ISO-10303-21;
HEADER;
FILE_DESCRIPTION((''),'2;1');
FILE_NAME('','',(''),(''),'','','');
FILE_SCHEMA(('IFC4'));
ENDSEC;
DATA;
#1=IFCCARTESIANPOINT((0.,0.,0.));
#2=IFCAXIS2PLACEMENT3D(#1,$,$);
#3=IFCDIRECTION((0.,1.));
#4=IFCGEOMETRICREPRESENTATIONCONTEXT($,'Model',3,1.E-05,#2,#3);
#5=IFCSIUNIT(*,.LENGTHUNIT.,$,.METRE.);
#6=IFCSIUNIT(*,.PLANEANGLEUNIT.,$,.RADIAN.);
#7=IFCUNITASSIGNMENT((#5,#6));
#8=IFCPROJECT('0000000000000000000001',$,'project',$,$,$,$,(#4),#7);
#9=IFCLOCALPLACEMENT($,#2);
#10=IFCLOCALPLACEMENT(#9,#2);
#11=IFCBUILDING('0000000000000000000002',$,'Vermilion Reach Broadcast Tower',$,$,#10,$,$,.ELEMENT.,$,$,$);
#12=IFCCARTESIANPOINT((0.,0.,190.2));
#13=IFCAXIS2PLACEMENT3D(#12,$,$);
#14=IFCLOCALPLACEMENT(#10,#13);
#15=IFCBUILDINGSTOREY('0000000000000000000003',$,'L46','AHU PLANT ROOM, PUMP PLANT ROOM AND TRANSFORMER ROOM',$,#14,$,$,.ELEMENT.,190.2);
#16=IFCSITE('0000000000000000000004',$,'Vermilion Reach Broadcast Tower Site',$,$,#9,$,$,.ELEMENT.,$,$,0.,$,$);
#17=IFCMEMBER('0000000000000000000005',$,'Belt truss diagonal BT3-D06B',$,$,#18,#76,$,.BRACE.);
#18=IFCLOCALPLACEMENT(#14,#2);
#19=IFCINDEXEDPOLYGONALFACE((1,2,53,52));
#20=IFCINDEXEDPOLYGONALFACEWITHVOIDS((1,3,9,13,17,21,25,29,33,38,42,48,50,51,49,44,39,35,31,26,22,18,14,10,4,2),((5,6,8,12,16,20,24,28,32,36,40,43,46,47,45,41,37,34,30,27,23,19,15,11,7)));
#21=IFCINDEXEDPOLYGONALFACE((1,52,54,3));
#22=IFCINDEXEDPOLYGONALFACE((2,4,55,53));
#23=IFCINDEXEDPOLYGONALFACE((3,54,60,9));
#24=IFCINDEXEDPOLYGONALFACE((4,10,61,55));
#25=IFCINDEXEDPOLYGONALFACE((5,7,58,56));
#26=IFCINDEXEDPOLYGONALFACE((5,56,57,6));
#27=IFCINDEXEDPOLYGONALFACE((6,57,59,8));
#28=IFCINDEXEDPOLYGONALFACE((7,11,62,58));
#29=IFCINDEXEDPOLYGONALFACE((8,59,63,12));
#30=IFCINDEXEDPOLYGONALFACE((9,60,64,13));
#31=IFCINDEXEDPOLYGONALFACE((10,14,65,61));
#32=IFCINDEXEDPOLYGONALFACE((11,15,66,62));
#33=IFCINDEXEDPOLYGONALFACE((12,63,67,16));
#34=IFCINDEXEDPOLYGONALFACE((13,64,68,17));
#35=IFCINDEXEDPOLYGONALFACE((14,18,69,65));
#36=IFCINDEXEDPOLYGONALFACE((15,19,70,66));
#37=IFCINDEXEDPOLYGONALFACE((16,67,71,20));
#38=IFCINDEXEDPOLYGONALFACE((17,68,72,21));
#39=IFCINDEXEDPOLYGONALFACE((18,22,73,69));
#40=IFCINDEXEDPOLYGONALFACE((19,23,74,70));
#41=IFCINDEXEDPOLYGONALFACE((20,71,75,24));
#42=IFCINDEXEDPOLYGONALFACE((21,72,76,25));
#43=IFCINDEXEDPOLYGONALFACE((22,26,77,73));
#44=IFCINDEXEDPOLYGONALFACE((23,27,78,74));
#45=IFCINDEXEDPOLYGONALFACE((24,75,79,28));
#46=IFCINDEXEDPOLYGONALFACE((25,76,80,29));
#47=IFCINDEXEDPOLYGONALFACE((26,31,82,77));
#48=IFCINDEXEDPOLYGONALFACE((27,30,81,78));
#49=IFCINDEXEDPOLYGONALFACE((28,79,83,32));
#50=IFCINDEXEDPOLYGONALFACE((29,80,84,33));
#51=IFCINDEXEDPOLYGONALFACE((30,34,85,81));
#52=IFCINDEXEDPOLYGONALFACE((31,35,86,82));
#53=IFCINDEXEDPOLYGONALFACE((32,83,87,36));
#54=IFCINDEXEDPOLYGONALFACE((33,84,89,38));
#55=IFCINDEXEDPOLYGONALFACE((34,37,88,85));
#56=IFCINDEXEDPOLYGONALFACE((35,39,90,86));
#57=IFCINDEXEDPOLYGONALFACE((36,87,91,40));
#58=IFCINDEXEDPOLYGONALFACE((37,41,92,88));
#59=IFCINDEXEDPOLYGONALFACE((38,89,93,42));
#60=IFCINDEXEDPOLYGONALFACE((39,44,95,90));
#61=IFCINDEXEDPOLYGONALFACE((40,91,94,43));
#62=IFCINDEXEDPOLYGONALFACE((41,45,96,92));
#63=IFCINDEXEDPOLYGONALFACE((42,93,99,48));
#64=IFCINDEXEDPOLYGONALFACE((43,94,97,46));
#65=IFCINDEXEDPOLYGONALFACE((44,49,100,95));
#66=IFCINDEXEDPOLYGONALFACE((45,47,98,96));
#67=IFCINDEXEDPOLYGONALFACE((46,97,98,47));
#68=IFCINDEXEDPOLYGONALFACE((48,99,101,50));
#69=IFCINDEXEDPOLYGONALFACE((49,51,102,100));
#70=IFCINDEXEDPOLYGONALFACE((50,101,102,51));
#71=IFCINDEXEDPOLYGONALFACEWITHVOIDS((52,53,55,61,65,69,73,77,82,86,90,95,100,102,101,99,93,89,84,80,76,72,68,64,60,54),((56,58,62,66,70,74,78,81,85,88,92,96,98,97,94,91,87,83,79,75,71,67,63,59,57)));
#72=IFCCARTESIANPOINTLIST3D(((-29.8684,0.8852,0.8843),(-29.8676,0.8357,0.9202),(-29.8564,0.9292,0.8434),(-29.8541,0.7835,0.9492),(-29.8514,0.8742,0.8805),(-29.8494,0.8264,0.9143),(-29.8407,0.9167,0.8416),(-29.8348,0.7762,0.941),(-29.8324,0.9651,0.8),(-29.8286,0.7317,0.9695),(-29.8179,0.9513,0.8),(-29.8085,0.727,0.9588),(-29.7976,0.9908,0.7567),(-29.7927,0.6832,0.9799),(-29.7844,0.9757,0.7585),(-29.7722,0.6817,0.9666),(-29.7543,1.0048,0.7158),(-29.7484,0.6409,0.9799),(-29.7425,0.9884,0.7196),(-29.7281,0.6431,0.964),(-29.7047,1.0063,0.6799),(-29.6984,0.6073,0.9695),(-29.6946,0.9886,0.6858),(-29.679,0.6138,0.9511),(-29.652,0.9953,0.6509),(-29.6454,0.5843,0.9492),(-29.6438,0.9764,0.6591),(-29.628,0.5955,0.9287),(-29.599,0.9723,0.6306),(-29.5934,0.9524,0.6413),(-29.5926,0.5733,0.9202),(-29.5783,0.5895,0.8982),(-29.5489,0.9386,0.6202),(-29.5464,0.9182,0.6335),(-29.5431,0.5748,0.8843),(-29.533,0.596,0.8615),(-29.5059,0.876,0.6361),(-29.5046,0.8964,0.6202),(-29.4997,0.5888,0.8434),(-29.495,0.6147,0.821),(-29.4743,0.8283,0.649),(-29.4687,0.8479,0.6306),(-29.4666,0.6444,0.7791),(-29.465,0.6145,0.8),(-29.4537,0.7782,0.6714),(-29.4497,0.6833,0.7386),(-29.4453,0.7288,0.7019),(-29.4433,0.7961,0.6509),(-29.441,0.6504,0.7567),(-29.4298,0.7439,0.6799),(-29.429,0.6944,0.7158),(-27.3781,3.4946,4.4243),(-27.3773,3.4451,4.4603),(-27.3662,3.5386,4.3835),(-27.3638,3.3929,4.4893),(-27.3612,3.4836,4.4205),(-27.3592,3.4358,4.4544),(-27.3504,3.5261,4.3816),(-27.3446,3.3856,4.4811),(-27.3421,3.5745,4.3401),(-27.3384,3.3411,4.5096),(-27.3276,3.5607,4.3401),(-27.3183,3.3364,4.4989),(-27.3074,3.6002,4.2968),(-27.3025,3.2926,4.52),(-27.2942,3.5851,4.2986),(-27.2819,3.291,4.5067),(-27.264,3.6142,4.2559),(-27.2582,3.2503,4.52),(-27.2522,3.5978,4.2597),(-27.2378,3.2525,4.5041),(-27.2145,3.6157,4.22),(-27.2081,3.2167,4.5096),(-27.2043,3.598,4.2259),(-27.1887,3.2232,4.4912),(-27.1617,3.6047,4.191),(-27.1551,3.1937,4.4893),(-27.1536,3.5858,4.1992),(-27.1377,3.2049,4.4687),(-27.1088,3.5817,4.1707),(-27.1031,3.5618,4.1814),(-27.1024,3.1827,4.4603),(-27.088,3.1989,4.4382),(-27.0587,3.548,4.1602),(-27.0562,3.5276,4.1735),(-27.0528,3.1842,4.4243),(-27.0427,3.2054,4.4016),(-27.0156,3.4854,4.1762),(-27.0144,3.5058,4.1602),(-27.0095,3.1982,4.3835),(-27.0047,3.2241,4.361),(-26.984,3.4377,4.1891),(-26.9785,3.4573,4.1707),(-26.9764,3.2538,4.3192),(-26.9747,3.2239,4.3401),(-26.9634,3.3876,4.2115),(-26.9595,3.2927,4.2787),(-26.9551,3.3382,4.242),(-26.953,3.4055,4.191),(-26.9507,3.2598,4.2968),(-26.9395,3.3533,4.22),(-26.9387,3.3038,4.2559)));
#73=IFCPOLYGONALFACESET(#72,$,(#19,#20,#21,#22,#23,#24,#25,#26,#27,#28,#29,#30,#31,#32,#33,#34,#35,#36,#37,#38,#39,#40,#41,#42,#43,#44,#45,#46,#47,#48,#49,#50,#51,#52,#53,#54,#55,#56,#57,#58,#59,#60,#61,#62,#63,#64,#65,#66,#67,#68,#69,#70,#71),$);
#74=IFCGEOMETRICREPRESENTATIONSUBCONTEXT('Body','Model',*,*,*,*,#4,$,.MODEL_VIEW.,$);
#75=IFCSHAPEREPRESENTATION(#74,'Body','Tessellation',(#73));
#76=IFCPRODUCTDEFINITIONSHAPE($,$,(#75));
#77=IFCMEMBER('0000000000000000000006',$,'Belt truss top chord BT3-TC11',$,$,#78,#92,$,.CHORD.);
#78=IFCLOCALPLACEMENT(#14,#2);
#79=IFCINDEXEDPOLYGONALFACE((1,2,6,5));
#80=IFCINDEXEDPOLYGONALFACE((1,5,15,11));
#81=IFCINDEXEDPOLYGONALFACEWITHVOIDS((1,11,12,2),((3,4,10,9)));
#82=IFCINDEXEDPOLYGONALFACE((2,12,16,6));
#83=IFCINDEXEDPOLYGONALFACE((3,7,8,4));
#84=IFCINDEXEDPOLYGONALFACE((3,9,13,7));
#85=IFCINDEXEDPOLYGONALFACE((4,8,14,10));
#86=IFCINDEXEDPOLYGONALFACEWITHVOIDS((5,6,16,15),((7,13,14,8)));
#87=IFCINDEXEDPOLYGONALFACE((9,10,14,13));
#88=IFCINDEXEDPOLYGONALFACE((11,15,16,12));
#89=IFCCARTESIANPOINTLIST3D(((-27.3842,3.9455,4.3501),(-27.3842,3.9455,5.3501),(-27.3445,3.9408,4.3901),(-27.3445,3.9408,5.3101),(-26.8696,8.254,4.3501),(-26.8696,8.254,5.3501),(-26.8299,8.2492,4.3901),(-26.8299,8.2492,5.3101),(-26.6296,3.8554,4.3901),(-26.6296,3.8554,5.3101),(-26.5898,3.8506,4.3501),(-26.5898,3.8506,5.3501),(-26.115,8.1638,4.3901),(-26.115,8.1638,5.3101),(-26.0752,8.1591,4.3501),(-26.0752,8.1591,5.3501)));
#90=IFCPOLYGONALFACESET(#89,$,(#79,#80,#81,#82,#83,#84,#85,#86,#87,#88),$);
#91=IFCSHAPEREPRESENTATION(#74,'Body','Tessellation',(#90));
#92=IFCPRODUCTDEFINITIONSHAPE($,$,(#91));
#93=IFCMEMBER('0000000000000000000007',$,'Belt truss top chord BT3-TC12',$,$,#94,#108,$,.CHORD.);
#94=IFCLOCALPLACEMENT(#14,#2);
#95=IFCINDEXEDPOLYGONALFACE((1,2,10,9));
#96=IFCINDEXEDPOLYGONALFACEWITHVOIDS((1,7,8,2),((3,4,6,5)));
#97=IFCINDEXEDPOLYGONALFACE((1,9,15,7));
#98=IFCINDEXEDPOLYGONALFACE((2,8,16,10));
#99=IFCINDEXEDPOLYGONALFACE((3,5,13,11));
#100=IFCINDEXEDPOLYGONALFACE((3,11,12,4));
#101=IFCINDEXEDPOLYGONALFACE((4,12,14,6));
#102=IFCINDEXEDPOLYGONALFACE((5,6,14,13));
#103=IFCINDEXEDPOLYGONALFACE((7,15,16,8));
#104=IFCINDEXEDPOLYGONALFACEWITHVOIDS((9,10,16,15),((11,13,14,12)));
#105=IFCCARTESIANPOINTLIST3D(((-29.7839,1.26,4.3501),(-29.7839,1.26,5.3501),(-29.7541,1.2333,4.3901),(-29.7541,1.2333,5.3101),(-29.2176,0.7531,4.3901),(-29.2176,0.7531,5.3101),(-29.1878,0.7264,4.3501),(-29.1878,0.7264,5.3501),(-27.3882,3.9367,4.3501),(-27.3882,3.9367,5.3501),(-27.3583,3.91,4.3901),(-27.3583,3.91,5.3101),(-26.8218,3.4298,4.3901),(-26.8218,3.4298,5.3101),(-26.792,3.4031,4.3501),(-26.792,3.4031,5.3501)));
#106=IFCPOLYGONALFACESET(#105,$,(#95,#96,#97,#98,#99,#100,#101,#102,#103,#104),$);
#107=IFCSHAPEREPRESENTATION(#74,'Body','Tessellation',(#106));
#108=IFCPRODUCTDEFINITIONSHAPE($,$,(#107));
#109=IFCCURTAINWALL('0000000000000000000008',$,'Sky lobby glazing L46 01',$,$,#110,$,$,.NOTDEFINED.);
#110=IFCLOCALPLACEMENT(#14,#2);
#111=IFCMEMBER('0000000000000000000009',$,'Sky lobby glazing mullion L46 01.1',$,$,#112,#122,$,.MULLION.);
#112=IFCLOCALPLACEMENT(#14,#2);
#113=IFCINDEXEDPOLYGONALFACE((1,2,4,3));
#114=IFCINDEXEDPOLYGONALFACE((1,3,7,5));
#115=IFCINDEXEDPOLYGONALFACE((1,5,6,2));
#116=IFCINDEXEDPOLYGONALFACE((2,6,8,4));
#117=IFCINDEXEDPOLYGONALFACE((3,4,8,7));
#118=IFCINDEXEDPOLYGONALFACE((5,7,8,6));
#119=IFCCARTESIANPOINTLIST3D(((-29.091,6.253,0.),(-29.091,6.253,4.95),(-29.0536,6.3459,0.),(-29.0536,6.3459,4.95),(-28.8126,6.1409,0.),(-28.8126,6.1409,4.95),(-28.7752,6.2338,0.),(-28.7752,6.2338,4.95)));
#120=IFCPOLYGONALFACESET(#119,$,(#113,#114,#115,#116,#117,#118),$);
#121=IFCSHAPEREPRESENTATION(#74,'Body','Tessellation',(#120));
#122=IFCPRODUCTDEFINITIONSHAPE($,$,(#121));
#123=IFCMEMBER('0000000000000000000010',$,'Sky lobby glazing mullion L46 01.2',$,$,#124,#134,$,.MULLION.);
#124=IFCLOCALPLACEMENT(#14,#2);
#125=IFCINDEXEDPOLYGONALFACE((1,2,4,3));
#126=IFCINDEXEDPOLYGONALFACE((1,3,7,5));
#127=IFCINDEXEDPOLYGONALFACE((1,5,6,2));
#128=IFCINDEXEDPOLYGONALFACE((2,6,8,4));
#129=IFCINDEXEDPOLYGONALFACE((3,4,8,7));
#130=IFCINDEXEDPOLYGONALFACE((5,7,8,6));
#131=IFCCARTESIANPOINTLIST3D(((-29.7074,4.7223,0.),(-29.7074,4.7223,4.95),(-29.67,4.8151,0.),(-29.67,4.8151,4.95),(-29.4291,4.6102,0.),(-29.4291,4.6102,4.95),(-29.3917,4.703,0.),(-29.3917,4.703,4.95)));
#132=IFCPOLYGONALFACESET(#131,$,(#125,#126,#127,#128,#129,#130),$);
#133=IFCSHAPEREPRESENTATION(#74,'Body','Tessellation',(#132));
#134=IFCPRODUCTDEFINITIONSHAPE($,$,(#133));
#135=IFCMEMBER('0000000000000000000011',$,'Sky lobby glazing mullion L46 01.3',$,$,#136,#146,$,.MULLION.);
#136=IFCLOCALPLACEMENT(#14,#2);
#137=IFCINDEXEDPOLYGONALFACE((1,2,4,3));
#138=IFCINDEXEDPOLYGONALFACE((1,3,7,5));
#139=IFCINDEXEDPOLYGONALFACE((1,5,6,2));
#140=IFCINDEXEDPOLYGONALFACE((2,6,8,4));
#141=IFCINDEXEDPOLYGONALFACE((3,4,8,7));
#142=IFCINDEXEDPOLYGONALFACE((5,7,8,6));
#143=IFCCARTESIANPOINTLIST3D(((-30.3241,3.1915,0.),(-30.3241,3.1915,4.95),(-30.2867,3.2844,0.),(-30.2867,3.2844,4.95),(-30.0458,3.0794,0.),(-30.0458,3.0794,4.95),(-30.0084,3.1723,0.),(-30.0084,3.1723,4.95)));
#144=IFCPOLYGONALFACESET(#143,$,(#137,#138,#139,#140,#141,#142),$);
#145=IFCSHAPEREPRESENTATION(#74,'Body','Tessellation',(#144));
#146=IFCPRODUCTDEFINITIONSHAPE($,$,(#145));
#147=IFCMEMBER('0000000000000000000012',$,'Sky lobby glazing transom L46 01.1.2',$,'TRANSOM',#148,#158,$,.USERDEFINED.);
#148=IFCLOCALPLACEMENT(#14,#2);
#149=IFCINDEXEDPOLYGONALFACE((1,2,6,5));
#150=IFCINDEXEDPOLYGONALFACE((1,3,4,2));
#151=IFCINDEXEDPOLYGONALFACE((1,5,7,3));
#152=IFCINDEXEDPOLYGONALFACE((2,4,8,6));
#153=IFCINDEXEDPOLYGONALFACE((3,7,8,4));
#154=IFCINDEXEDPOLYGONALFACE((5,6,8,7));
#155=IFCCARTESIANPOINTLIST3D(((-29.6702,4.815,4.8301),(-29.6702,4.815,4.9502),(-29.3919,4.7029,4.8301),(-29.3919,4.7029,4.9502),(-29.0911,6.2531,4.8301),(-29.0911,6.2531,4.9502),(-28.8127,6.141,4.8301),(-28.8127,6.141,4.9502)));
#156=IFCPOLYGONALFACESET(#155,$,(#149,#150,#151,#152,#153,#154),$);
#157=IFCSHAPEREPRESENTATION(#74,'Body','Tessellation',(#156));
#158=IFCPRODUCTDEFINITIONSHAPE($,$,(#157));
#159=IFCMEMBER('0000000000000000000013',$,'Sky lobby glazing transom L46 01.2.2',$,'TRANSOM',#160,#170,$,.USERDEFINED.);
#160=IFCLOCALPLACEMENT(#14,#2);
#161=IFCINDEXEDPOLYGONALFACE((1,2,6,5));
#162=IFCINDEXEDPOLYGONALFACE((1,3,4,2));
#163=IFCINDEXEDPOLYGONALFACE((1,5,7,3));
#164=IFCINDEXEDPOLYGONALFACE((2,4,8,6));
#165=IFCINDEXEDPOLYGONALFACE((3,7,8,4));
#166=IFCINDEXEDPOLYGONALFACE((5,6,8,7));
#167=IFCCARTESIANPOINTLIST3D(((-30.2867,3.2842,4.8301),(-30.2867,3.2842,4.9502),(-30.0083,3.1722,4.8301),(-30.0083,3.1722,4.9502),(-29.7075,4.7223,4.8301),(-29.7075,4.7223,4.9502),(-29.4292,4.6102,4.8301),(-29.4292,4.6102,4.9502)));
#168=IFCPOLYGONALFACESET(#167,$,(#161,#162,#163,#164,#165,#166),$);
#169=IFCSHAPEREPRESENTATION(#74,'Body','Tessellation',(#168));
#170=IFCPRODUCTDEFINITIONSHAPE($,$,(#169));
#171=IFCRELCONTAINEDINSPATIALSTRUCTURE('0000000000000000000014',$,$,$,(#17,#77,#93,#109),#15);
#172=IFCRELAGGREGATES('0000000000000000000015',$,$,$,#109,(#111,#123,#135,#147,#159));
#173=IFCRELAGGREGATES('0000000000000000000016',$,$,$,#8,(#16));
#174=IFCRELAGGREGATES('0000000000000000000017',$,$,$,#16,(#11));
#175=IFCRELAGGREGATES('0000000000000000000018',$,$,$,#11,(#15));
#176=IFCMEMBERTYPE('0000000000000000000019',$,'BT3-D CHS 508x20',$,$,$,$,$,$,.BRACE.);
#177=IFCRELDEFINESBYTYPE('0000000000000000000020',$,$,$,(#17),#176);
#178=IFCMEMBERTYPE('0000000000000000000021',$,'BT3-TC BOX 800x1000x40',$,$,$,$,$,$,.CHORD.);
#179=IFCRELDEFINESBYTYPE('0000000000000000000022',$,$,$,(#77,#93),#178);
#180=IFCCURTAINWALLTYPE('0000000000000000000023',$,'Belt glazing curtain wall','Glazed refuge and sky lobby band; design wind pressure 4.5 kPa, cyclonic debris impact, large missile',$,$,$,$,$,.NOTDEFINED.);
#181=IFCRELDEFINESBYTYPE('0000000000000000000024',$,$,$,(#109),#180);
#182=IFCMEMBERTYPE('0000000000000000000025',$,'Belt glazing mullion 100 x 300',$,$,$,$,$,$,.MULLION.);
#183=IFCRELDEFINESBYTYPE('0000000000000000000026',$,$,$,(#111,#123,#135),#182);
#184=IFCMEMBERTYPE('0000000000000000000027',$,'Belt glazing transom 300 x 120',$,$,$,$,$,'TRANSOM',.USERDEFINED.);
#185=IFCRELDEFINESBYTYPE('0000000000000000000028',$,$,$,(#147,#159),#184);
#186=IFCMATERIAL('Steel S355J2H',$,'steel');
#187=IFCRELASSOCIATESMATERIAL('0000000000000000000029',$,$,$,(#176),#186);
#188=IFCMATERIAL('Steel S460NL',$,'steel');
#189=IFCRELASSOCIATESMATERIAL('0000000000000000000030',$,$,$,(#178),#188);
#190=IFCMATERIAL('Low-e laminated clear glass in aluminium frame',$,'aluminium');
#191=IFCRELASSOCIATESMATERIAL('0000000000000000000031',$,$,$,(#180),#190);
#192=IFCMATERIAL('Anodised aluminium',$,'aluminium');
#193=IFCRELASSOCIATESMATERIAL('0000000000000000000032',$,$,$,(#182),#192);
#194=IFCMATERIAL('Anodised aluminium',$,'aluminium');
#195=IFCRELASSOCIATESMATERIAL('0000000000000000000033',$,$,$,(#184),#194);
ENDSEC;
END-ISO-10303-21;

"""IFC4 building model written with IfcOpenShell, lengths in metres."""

from ifc_helpers import new_model, si_unit, direction, frame, origin, origin_2d, place, context, subcontext, project, spatial, rectangle, hollow_rectangle, hollow_circle, extrude, material, material_profile, profile_set, type_object, element, aggregate, save


model = new_model("IFC4")

# Units and contexts
model_context = context("Model", 3, precision=1e-05, world=origin(), true_north=direction((0.0, 1.0)))
body_context = subcontext(model_context, "Body", "Model", "MODEL_VIEW")
ifc_project = project(units=[si_unit("LENGTHUNIT", "METRE"), si_unit("PLANEANGLEUNIT", "RADIAN")], contexts=[model_context])

# Site, building, storey
site_placement = place(None, origin())
site = spatial("IfcSite", under=ifc_project, at=site_placement, Name="Vermilion Reach Broadcast Tower Site", CompositionType="ELEMENT", RefElevation=0.0)
building_placement = place(site_placement, origin())
building = spatial("IfcBuilding", under=site, at=building_placement, Name="Vermilion Reach Broadcast Tower", CompositionType="ELEMENT")
storey_placement = place(building_placement, frame((0.0, 0.0, 190.2)))
storey = spatial("IfcBuildingStorey", under=building, at=storey_placement, Name="L46", Description="AHU PLANT ROOM, PUMP PLANT ROOM AND TRANSFORMER ROOM", CompositionType="ELEMENT", Elevation=190.2)

# Members
ifc_material_1 = material(Name="Steel S355J2H", Category="steel")
ifc_material_profile_1 = material_profile(ifc_material_1, hollow_circle(Radius=0.2539, WallThickness=0.02, at=origin_2d()), Name="S355J2H CHS 508x20")
ifc_profile_set_1 = profile_set([ifc_material_profile_1], Name="Steel S355J2H")
member_type_1 = type_object("IfcMemberType", Name="BT3-D CHS 508x20", PredefinedType="BRACE", material=ifc_profile_set_1)
member_1_placement = place(storey_placement, frame((-29.6487, 0.7898, 0.8), z_axis=(0.492734, 0.516308, 0.700456), x_axis=(-0.723429, 0.690398, 0.0)))
element("IfcMember", 1, at=member_1_placement, inside=storey, type_object=member_type_1, Name="Belt truss diagonal BT3-D06B", PredefinedType="BRACE", context=body_context, shape_type="SweptSolid", body=[
    extrude(hollow_circle(Radius=0.2539, WallThickness=0.02, at=origin_2d()), origin(), (0.0, 0.0, 1.0), 5.054),
])
ifc_material_2 = material(Name="Steel S460NL", Category="steel")
ifc_material_profile_2 = material_profile(ifc_material_2, hollow_rectangle(XDim=0.8, YDim=1.0, WallThickness=0.04, at=origin_2d()), Name="S460NL BOX 800x1000x40")
ifc_profile_set_2 = profile_set([ifc_material_profile_2], Name="Steel S460NL")
member_type_2 = type_object("IfcMemberType", Name="BT3-TC BOX 800x1000x40", PredefinedType="CHORD", material=ifc_profile_set_2)
member_2_placement = place(storey_placement, frame((-26.4724, 8.2065, 4.8501), z_axis=(-0.118604, -0.992942, 0.0), x_axis=(0.992942, -0.118604, 0.0)))
element("IfcMember", 2, at=member_2_placement, inside=storey, type_object=member_type_2, Name="Belt truss top chord BT3-TC11", PredefinedType="CHORD", context=body_context, shape_type="SweptSolid", body=[
    extrude(hollow_rectangle(XDim=0.8, YDim=1.0, WallThickness=0.04, at=origin_2d()), origin(), (0.0, 0.0, 1.0), 4.3391),
])
member_3_placement = place(storey_placement, frame((-27.0901, 3.6699, 4.8501), z_axis=(-0.666912, -0.745136, 0.0), x_axis=(0.745136, -0.666912, 0.0)))
element("IfcMember", 3, at=member_3_placement, inside=storey, type_object=member_type_2, Name="Belt truss top chord BT3-TC12", PredefinedType="CHORD", context=body_context, shape_type="SweptSolid", body=[
    extrude(hollow_rectangle(XDim=0.8, YDim=1.0, WallThickness=0.04, at=origin_2d()), origin(), (0.0, 0.0, 1.0), 3.5923),
])

# Curtain wall, members
ifc_material_3 = material(Name="Low-e laminated clear glass in aluminium frame", Category="aluminium")
curtain_wall_type = type_object("IfcCurtainWallType", Name="Belt glazing curtain wall", Description="Glazed refuge and sky lobby band; design wind pressure 4.5 kPa, cyclonic debris impact, large missile", PredefinedType="NOTDEFINED", material=ifc_material_3)
curtain_wall_placement = place(storey_placement, origin())
curtain_wall = element("IfcCurtainWall", 4, at=curtain_wall_placement, inside=storey, type_object=curtain_wall_type, Name="Sky lobby glazing L46 01", PredefinedType="NOTDEFINED")
ifc_material_4 = material(Name="Anodised aluminium", Category="aluminium")
ifc_material_profile_3 = material_profile(ifc_material_4, rectangle(XDim=0.3, YDim=0.1001, at=origin_2d()), Name="Belt glazing mullion 100 x 300")
ifc_profile_set_3 = profile_set([ifc_material_profile_3], Name="Anodised aluminium")
member_type_3 = type_object("IfcMemberType", Name="Belt glazing mullion 100 x 300", PredefinedType="MULLION", material=ifc_profile_set_3)
member_4_placement = place(storey_placement, frame((-28.9331, 6.2434, 0.0), z_axis=(0.0, 0.0, 1.0), x_axis=(0.927588, -0.373605, 0.0)))
member_4 = element("IfcMember", 5, at=member_4_placement, type_object=member_type_3, Name="Sky lobby glazing mullion L46 01.1", PredefinedType="MULLION", context=body_context, shape_type="SweptSolid", body=[
    extrude(rectangle(XDim=0.3, YDim=0.1001, at=origin_2d()), origin(), (0.0, 0.0, 1.0), 4.95),
])
member_5_placement = place(storey_placement, frame((-29.5496, 4.7126, 0.0), z_axis=(0.0, 0.0, 1.0), x_axis=(0.927588, -0.373605, 0.0)))
member_5 = element("IfcMember", 6, at=member_5_placement, type_object=member_type_3, Name="Sky lobby glazing mullion L46 01.2", PredefinedType="MULLION", context=body_context, shape_type="SweptSolid", body=[
    extrude(rectangle(XDim=0.3, YDim=0.1001, at=origin_2d()), origin(), (0.0, 0.0, 1.0), 4.95),
])
member_6_placement = place(storey_placement, frame((-30.1663, 3.1819, 0.0), z_axis=(0.0, 0.0, 1.0), x_axis=(0.927588, -0.373605, 0.0)))
member_6 = element("IfcMember", 7, at=member_6_placement, type_object=member_type_3, Name="Sky lobby glazing mullion L46 01.3", PredefinedType="MULLION", context=body_context, shape_type="SweptSolid", body=[
    extrude(rectangle(XDim=0.3, YDim=0.1001, at=origin_2d()), origin(), (0.0, 0.0, 1.0), 4.95),
])
ifc_material_5 = material(Name="Anodised aluminium", Category="aluminium")
ifc_material_profile_4 = material_profile(ifc_material_5, rectangle(XDim=0.3, YDim=0.1201, at=origin_2d()), Name="Belt glazing transom 300 x 120")
ifc_profile_set_4 = profile_set([ifc_material_profile_4], Name="Anodised aluminium")
member_type_4 = type_object("IfcMemberType", Name="Belt glazing transom 300 x 120", ElementType="TRANSOM", PredefinedType="USERDEFINED", material=ifc_profile_set_4)
member_7_placement = place(storey_placement, frame((-28.9519, 6.197, 4.8901), z_axis=(-0.373562, -0.927605, 0.0), x_axis=(0.927605, -0.373562, 0.0)))
member_7 = element("IfcMember", 8, at=member_7_placement, type_object=member_type_4, Name="Sky lobby glazing transom L46 01.1.2", ObjectType="TRANSOM", PredefinedType="USERDEFINED", context=body_context, shape_type="SweptSolid", body=[
    extrude(rectangle(XDim=0.3, YDim=0.1201, at=origin_2d()), origin(), (0.0, 0.0, 1.0), 1.5503),
])
member_8_placement = place(storey_placement, frame((-29.5684, 4.6663, 4.8901), z_axis=(-0.373562, -0.927605, 0.0), x_axis=(0.927605, -0.373562, 0.0)))
member_8 = element("IfcMember", 9, at=member_8_placement, type_object=member_type_4, Name="Sky lobby glazing transom L46 01.2.2", ObjectType="TRANSOM", PredefinedType="USERDEFINED", context=body_context, shape_type="SweptSolid", body=[
    extrude(rectangle(XDim=0.3, YDim=0.1201, at=origin_2d()), origin(), (0.0, 0.0, 1.0), 1.5503),
])

aggregate(curtain_wall, [member_4, member_5, member_6, member_7, member_8])

save(model, "model.ifc")
